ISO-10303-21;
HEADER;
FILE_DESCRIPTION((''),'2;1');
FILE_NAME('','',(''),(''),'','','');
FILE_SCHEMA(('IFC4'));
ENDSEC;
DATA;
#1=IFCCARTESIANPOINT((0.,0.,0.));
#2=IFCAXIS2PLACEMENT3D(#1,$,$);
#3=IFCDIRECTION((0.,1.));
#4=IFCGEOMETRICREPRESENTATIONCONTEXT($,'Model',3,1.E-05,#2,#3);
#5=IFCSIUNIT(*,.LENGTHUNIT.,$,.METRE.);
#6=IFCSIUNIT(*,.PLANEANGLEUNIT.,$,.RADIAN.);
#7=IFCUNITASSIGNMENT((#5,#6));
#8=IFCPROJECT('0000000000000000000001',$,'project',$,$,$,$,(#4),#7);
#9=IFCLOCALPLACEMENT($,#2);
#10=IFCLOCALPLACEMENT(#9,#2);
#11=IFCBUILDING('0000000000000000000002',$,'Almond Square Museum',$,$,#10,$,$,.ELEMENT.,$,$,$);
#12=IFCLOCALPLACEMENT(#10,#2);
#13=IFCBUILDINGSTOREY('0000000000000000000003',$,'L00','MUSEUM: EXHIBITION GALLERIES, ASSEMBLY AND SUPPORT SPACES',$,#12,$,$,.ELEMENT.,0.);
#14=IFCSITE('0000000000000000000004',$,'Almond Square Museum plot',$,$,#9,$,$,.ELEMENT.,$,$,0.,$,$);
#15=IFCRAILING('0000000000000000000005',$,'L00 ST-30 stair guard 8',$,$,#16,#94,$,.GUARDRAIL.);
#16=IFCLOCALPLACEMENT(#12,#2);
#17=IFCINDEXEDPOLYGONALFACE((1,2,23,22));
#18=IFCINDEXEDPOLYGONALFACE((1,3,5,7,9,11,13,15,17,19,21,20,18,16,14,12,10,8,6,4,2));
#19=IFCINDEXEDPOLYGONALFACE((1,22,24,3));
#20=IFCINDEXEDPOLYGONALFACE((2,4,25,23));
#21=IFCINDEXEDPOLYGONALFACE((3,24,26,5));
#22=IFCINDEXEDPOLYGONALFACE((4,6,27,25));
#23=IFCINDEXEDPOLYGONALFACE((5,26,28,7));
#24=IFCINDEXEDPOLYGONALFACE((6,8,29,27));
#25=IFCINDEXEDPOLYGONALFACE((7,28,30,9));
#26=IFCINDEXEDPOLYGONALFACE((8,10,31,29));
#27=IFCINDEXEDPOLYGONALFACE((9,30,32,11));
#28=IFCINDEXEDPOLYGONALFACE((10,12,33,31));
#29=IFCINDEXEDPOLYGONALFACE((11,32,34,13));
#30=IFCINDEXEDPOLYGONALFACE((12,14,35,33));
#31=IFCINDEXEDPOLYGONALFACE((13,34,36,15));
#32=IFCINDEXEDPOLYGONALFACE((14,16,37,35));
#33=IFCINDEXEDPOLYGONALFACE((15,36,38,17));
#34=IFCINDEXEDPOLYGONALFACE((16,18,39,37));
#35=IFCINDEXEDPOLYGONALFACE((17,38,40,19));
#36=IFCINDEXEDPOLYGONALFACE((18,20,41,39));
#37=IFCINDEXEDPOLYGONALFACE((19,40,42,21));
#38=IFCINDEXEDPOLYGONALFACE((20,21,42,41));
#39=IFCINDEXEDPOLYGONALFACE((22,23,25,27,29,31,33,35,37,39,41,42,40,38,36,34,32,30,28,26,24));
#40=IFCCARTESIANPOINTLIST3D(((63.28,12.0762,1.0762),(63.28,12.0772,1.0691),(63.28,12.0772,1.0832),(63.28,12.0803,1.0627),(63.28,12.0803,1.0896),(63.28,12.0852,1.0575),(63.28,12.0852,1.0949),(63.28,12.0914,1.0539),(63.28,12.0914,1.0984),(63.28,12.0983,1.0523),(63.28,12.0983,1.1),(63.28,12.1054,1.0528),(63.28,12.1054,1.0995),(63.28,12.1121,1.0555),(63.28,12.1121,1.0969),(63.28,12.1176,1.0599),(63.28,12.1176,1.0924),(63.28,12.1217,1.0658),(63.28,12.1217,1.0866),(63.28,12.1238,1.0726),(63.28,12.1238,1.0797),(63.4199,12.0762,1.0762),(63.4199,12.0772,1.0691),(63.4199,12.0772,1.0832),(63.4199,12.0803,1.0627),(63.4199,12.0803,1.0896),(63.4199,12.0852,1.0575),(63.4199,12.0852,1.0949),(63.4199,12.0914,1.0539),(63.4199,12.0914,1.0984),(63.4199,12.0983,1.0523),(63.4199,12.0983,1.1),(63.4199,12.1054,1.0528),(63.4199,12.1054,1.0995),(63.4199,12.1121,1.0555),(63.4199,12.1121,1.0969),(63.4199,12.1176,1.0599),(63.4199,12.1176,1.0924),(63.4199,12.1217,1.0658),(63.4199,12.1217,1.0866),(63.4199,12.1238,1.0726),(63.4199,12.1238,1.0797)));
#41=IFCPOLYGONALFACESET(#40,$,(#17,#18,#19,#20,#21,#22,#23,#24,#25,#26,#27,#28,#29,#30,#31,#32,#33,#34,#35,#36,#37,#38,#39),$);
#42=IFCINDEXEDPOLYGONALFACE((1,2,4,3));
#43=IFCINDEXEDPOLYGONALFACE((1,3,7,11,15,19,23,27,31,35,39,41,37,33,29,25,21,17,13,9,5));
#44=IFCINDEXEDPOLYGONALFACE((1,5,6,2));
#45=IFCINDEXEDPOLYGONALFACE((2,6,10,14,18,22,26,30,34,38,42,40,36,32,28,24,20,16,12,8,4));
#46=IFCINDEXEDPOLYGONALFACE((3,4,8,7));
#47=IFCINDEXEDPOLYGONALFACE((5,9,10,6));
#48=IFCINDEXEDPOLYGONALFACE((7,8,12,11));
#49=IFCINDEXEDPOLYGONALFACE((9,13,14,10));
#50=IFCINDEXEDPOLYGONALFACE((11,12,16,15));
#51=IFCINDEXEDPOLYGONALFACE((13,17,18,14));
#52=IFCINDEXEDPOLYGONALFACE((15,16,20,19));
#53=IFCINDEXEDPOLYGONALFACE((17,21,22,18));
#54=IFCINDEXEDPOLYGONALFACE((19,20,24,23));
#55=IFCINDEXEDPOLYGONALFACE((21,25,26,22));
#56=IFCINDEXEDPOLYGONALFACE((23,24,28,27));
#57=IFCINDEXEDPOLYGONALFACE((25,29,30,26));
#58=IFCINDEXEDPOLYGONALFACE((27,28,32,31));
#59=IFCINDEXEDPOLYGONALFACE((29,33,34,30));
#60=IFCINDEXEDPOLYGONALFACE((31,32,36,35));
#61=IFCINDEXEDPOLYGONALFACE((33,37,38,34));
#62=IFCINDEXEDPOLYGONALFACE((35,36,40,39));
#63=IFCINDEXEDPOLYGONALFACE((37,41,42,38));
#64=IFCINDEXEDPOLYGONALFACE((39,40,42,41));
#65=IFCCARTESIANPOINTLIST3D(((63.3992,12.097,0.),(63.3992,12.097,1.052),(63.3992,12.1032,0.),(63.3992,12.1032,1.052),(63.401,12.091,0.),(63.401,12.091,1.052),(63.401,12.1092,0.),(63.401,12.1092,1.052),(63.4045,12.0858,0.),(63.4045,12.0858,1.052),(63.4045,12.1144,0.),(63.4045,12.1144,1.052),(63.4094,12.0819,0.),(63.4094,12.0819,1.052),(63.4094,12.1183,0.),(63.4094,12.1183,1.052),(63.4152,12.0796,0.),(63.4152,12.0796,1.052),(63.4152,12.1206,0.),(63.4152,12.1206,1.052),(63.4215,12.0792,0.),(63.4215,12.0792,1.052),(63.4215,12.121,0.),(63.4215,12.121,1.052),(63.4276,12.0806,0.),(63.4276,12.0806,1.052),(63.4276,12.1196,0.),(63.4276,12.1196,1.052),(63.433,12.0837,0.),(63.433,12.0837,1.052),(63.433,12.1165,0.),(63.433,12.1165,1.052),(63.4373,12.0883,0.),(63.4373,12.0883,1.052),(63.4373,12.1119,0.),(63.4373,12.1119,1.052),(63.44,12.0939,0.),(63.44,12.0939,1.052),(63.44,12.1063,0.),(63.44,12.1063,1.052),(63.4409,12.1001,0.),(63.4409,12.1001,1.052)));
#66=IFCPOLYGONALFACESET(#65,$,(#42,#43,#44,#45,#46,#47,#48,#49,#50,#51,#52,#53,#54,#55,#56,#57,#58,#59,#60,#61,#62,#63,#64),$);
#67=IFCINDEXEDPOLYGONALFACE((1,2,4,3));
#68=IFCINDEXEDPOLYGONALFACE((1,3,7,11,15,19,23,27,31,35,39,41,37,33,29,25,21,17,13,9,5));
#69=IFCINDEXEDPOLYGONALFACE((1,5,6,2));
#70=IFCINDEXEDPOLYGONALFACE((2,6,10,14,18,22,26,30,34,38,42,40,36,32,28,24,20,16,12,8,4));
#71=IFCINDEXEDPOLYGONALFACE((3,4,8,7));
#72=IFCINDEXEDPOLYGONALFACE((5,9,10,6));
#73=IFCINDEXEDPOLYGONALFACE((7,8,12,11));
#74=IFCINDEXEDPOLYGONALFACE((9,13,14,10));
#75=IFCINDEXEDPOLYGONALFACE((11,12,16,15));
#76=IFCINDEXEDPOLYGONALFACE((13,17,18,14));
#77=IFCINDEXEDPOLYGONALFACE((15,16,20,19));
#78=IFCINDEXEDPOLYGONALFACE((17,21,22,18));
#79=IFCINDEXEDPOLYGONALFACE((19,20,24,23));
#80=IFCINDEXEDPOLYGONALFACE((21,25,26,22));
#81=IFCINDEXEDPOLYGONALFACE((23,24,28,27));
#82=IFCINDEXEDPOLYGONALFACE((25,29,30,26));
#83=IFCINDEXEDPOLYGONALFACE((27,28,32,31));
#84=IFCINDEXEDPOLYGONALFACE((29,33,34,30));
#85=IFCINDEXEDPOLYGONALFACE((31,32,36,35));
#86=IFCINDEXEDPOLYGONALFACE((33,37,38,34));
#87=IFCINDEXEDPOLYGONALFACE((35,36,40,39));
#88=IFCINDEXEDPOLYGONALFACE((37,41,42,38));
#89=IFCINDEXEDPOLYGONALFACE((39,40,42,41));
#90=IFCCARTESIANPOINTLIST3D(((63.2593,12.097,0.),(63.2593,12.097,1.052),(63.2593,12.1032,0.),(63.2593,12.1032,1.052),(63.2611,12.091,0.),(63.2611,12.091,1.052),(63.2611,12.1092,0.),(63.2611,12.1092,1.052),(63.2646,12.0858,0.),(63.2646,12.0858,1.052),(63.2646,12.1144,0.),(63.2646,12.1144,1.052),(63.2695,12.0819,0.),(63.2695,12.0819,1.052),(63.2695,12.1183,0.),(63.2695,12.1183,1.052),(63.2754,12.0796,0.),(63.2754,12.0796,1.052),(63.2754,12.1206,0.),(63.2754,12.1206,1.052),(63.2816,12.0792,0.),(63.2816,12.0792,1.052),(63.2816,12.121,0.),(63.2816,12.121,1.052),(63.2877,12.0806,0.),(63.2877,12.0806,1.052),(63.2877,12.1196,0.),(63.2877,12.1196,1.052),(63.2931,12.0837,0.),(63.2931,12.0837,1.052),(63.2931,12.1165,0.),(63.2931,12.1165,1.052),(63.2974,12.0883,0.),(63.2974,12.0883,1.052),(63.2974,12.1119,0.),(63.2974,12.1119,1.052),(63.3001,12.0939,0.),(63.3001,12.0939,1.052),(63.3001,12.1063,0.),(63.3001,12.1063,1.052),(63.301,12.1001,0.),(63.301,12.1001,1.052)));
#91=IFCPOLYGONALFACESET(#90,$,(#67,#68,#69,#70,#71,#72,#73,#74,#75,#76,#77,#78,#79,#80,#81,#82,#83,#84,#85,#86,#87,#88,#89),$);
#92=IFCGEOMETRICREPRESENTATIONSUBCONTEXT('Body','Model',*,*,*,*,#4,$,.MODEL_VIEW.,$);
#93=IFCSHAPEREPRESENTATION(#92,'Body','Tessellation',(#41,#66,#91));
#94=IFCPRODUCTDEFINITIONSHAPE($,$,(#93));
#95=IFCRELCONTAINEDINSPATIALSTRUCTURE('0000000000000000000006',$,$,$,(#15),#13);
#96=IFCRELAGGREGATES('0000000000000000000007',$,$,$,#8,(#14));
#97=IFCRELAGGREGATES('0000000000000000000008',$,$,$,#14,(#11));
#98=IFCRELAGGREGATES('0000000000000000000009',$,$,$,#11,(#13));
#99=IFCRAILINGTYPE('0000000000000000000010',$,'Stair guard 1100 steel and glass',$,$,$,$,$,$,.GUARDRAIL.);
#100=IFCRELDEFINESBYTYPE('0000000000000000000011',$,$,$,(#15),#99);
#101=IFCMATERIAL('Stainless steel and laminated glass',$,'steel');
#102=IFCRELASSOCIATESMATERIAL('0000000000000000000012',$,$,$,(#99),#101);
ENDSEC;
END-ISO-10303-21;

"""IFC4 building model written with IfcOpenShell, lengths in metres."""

from ifc_helpers import new_model, si_unit, direction, frame, origin, origin_2d, place, context, subcontext, project, spatial, circle, extrude, material, type_object, element, save


model = new_model("IFC4")

# Units and contexts
model_context = context("Model", 3, precision=1e-05, world=origin(), true_north=direction((0.0, 1.0)))
body_context = subcontext(model_context, "Body", "Model", "MODEL_VIEW")
ifc_project = project(units=[si_unit("LENGTHUNIT", "METRE"), si_unit("PLANEANGLEUNIT", "RADIAN")], contexts=[model_context])

# Site, building, storey
site_placement = place(None, origin())
site = spatial("IfcSite", under=ifc_project, at=site_placement, Name="Almond Square Museum plot", CompositionType="ELEMENT", RefElevation=0.0)
building_placement = place(site_placement, origin())
building = spatial("IfcBuilding", under=site, at=building_placement, Name="Almond Square Museum", CompositionType="ELEMENT")
storey_placement = place(building_placement, origin())
storey = spatial("IfcBuildingStorey", under=building, at=storey_placement, Name="L00", Description="MUSEUM: EXHIBITION GALLERIES, ASSEMBLY AND SUPPORT SPACES", CompositionType="ELEMENT", Elevation=0.0)

# Railing
ifc_material_1 = material(Name="Stainless steel and laminated glass", Category="steel")
railing_type = type_object("IfcRailingType", Name="Stair guard 1100 steel and glass", PredefinedType="GUARDRAIL", material=ifc_material_1)
railing_1_placement = place(storey_placement, frame((63.4199, 12.1001, 0.0)))
element("IfcRailing", 1, at=railing_1_placement, inside=storey, type_object=railing_type, Name="L00 ST-30 stair guard 8", PredefinedType="GUARDRAIL", context=body_context, shape_type="SweptSolid", body=[
    extrude(circle(Radius=0.0239, at=origin_2d()), frame((0.0, 0.0, 1.0762), z_axis=(-1.0, 0.0, 0.0), x_axis=(0.0, -1.0, 0.0)), (0.0, 0.0, 1.0), 0.1399),
    extrude(circle(Radius=0.021, at=origin_2d()), origin(), (0.0, 0.0, 1.0), 1.052),
    extrude(circle(Radius=0.021, at=origin_2d()), frame((-0.1399, 0.0, 0.0)), (0.0, 0.0, 1.0), 1.052),
])

save(model, "model.ifc")
